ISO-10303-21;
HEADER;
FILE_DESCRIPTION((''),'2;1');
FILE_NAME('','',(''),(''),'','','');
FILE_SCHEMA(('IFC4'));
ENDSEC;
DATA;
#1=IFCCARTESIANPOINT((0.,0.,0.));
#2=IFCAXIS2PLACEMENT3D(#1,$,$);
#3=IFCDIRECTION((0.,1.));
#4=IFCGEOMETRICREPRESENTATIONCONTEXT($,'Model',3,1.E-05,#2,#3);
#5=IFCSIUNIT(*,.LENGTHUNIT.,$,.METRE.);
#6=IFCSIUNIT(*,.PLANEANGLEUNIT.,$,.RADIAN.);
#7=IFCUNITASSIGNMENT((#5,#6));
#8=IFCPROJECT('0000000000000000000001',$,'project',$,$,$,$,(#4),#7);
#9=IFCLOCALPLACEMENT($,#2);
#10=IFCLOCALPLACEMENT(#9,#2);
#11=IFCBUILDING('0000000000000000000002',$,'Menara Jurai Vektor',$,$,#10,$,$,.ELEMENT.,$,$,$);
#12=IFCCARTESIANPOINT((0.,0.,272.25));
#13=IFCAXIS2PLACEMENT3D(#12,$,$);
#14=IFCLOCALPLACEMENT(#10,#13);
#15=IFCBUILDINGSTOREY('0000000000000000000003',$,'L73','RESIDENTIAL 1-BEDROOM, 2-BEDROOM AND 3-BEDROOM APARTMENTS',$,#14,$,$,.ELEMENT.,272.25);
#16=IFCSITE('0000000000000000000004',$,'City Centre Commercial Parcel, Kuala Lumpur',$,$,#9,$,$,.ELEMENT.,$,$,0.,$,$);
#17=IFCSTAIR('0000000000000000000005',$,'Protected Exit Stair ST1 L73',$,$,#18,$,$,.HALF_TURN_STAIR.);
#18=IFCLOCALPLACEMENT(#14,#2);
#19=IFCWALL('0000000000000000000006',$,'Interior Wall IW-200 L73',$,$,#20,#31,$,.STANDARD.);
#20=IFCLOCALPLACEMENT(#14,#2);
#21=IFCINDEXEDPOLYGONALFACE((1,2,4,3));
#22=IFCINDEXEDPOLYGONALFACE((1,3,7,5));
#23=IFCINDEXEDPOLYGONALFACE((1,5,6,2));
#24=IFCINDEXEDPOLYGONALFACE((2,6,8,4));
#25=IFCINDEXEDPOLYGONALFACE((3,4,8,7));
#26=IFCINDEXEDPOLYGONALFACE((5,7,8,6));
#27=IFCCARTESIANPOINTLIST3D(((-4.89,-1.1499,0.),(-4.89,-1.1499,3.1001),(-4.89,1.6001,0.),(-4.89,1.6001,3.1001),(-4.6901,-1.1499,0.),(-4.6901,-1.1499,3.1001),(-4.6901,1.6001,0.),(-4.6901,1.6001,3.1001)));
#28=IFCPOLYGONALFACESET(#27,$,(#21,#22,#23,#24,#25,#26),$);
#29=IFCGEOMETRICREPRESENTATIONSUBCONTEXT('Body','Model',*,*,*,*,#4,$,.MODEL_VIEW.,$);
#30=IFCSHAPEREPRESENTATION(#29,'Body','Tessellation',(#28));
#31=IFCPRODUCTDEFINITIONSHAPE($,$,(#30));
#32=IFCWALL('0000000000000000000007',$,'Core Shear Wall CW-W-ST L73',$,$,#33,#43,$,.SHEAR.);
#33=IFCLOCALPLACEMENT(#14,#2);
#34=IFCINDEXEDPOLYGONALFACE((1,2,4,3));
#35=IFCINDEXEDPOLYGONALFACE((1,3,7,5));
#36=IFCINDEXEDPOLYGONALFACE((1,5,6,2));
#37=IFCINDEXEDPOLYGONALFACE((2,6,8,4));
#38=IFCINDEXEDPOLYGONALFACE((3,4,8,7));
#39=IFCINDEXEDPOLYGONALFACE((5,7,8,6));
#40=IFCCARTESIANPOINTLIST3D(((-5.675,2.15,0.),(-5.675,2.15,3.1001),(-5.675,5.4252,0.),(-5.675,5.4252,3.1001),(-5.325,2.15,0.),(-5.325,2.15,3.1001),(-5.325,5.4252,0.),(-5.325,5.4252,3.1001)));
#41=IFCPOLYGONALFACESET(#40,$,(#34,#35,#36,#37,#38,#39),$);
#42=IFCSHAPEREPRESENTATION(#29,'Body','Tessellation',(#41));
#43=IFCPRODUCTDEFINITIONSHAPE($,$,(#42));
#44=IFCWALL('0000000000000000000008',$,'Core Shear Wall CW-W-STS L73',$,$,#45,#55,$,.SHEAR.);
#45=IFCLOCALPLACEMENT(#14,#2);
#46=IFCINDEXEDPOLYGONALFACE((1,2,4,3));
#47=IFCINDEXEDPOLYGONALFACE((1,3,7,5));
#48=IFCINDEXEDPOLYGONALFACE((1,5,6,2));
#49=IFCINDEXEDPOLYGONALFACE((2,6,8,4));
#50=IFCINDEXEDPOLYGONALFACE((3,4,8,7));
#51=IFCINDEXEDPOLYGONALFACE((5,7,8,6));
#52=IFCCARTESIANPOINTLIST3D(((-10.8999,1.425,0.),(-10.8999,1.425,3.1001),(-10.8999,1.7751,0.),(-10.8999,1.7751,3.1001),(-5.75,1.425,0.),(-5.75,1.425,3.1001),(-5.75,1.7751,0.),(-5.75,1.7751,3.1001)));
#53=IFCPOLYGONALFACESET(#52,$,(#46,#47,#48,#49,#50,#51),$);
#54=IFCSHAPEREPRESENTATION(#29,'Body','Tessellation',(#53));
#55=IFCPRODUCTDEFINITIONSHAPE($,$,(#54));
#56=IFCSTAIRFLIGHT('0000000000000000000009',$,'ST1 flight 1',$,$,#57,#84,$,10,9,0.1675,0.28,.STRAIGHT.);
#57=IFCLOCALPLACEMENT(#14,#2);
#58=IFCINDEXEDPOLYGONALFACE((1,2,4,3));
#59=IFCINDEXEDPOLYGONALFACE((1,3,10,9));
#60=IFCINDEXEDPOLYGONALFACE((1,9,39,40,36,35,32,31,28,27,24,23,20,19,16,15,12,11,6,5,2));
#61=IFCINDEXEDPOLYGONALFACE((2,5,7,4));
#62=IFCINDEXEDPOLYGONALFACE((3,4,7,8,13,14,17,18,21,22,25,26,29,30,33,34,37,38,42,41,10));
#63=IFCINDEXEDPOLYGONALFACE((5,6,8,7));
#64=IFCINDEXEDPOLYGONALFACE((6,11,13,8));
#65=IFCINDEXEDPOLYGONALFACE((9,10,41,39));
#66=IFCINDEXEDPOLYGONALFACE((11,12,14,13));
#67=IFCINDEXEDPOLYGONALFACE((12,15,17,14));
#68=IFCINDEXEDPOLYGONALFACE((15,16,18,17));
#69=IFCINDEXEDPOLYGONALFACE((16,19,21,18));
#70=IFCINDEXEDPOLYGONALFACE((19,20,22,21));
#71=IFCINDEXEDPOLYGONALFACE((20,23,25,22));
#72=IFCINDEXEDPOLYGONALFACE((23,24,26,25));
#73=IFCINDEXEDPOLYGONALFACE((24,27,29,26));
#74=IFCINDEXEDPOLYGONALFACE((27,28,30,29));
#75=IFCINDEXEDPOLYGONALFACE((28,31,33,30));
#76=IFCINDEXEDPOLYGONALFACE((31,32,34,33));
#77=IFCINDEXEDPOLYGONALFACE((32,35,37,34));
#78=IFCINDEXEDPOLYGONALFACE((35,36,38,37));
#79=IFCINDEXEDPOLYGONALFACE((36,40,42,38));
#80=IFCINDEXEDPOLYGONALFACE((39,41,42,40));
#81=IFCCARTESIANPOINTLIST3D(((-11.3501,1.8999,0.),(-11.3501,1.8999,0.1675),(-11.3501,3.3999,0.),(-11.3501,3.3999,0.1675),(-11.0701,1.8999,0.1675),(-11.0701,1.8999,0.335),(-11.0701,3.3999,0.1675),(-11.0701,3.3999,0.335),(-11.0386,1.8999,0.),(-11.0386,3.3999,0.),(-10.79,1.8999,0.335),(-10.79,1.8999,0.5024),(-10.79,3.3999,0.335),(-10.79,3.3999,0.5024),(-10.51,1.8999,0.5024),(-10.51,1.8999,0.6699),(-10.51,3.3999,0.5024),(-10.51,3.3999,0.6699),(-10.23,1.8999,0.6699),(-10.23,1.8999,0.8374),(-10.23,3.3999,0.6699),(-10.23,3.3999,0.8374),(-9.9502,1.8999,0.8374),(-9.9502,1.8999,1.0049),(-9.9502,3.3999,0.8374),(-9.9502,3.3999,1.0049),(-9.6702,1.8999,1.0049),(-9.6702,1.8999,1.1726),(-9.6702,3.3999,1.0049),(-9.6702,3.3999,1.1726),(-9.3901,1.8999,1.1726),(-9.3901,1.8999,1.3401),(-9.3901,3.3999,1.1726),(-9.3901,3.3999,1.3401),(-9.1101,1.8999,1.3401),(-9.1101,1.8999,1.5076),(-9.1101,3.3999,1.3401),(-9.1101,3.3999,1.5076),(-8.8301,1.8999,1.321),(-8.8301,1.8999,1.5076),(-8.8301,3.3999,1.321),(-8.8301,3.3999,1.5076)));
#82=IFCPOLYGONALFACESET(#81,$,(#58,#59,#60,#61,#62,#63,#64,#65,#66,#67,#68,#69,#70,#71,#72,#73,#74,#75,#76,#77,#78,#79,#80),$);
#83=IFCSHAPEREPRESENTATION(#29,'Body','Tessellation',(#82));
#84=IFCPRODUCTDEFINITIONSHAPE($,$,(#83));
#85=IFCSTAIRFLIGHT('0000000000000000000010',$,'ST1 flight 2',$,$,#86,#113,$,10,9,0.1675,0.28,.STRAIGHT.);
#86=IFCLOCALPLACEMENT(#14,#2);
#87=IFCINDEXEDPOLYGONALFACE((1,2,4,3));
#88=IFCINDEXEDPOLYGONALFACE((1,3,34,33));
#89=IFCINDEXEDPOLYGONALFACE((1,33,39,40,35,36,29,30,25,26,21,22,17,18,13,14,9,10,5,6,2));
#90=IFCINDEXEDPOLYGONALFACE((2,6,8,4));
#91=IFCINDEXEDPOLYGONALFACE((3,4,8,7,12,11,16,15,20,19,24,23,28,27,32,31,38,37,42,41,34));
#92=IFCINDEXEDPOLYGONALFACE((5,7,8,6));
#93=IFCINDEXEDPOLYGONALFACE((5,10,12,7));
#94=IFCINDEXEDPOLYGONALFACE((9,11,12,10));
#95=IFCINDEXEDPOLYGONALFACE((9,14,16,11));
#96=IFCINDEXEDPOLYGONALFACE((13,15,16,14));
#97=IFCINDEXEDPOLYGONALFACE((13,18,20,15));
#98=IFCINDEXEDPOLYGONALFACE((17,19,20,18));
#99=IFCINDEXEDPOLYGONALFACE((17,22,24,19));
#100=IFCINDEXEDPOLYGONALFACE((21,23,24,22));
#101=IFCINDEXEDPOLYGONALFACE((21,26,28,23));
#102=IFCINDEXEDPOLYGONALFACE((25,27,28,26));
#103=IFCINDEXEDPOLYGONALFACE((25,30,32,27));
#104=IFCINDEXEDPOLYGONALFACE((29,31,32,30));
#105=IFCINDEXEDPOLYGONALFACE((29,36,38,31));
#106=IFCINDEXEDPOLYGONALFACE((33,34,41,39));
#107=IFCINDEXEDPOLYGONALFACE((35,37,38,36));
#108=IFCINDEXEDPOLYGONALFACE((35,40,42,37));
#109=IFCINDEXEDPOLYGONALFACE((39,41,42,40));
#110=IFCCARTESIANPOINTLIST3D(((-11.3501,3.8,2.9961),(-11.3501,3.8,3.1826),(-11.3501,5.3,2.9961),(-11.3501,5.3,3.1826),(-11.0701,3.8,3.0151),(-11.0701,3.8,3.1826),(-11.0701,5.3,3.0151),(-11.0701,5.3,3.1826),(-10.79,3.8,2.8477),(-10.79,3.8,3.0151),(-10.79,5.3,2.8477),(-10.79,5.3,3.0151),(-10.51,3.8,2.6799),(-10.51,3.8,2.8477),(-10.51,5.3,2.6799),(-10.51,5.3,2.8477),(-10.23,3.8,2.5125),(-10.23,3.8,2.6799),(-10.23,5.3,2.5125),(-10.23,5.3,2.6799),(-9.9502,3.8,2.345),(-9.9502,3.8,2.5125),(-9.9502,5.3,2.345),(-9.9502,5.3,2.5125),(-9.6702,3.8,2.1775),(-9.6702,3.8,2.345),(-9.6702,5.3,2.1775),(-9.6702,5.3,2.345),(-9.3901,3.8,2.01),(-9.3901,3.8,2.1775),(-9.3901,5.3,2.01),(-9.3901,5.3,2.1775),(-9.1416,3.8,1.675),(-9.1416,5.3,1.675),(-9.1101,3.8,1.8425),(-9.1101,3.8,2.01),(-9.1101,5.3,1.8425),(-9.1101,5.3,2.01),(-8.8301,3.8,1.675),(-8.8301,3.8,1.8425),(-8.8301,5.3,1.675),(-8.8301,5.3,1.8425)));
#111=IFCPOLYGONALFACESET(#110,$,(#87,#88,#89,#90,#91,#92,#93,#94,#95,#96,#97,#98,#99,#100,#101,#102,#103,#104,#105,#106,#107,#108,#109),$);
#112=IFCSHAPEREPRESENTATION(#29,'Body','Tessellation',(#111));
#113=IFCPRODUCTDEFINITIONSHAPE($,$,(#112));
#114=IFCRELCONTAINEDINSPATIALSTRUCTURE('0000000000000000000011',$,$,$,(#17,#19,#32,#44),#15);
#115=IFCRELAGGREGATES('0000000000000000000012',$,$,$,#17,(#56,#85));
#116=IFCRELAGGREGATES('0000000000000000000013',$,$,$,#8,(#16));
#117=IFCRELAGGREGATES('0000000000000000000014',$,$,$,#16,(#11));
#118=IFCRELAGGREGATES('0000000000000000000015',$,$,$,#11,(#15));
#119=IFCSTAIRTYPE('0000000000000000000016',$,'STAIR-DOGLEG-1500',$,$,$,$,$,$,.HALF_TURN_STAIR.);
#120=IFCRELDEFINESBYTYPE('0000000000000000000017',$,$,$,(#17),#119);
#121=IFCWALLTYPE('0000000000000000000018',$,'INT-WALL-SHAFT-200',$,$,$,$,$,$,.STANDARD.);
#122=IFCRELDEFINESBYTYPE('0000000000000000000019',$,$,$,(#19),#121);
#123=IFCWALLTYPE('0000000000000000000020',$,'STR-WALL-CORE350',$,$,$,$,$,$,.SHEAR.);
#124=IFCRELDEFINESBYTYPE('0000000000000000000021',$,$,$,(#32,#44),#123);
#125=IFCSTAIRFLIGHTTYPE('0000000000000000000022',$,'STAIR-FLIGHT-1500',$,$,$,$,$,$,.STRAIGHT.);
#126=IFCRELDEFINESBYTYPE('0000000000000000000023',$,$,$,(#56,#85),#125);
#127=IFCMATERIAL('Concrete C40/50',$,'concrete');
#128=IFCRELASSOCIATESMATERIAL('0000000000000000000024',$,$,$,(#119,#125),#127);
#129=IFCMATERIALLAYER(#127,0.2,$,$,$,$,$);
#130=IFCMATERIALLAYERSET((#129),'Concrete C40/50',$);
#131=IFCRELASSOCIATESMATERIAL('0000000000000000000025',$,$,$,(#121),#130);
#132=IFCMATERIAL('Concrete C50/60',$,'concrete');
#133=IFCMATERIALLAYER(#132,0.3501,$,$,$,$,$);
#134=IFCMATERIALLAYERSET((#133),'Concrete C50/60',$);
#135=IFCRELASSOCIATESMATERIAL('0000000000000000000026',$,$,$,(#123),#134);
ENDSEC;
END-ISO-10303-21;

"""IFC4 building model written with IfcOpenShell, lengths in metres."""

from ifc_helpers import new_model, si_unit, direction, frame, frame_2d, origin, place, context, subcontext, project, spatial, polyline, rectangle, outline, extrude, material, layer, layer_set, type_object, element, aggregate, save


model = new_model("IFC4")

# Units and contexts
model_context = context("Model", 3, precision=1e-05, world=origin(), true_north=direction((0.0, 1.0)))
body_context = subcontext(model_context, "Body", "Model", "MODEL_VIEW")
ifc_project = project(units=[si_unit("LENGTHUNIT", "METRE"), si_unit("PLANEANGLEUNIT", "RADIAN")], contexts=[model_context])

# Site, building, storey
site_placement = place(None, origin())
site = spatial("IfcSite", under=ifc_project, at=site_placement, Name="City Centre Commercial Parcel, Kuala Lumpur", CompositionType="ELEMENT", RefElevation=0.0)
building_placement = place(site_placement, origin())
building = spatial("IfcBuilding", under=site, at=building_placement, Name="Menara Jurai Vektor", CompositionType="ELEMENT")
storey_placement = place(building_placement, frame((0.0, 0.0, 272.25)))
storey = spatial("IfcBuildingStorey", under=building, at=storey_placement, Name="L73", Description="RESIDENTIAL 1-BEDROOM, 2-BEDROOM AND 3-BEDROOM APARTMENTS", CompositionType="ELEMENT", Elevation=272.25)

# Shared definitions
ifc_material_1 = material(Name="Concrete C50/60", Category="concrete")

# Stair
ifc_material_2 = material(Name="Concrete C40/50", Category="concrete")
stair_type = type_object("IfcStairType", Name="STAIR-DOGLEG-1500", PredefinedType="HALF_TURN_STAIR", material=ifc_material_2)
stair_1_placement = place(storey_placement, origin())
stair_1 = element("IfcStair", 1, at=stair_1_placement, inside=storey, type_object=stair_type, Name="Protected Exit Stair ST1 L73", PredefinedType="HALF_TURN_STAIR")

# Shared definitions
ifc_layer_1 = layer(ifc_material_2, 0.2)
ifc_layer_set_1 = layer_set([ifc_layer_1], Name="Concrete C40/50")
wall_type_1 = type_object("IfcWallType", Name="INT-WALL-SHAFT-200", PredefinedType="STANDARD", material=ifc_layer_set_1)

# Wall
wall_1_placement = place(storey_placement, frame((-4.79, -1.1499, 0.0), z_axis=(0.0, 0.0, 1.0), x_axis=(0.0, 1.0, 0.0)))
element("IfcWall", 2, at=wall_1_placement, inside=storey, type_object=wall_type_1, Name="Interior Wall IW-200 L73", PredefinedType="STANDARD", context=body_context, shape_type="SweptSolid", body=[
    extrude(rectangle(XDim=2.75, YDim=0.2, at=frame_2d((1.375, 0.0))), origin(), (0.0, 0.0, 1.0), 3.1001),
])

# Walls
ifc_layer_2 = layer(ifc_material_1, 0.3501)
ifc_layer_set_2 = layer_set([ifc_layer_2], Name="Concrete C50/60")
wall_type_2 = type_object("IfcWallType", Name="STR-WALL-CORE350", PredefinedType="SHEAR", material=ifc_layer_set_2)
wall_2_placement = place(storey_placement, frame((-5.5, 2.1499, 0.0), z_axis=(0.0, 0.0, 1.0), x_axis=(0.0, 1.0, 0.0)))
element("IfcWall", 3, at=wall_2_placement, inside=storey, type_object=wall_type_2, Name="Core Shear Wall CW-W-ST L73", PredefinedType="SHEAR", context=body_context, shape_type="SweptSolid", body=[
    extrude(rectangle(XDim=3.2751, YDim=0.3501, at=frame_2d((1.6377, 0.0))), origin(), (0.0, 0.0, 1.0), 3.1001),
])
wall_3_placement = place(storey_placement, frame((-10.8999, 1.6001, 0.0), z_axis=(0.0, 0.0, 1.0), x_axis=(1.0, 0.0, 0.0)))
element("IfcWall", 4, at=wall_3_placement, inside=storey, type_object=wall_type_2, Name="Core Shear Wall CW-W-STS L73", PredefinedType="SHEAR", context=body_context, shape_type="SweptSolid", body=[
    extrude(rectangle(XDim=5.1499, YDim=0.3501, at=frame_2d((2.575, 0.0))), origin(), (0.0, 0.0, 1.0), 3.1001),
])

# Stair flights
stair_flight_type = type_object("IfcStairFlightType", Name="STAIR-FLIGHT-1500", PredefinedType="STRAIGHT", material=ifc_material_2)
stair_flight_1_placement = place(storey_placement, frame((-11.3501, 2.6499, 0.0), z_axis=(0.0, 0.0, 1.0), x_axis=(1.0, 0.0, 0.0)))
stair_flight_1 = element("IfcStairFlight", 5, at=stair_flight_1_placement, type_object=stair_flight_type, Name="ST1 flight 1", NumberOfRisers=10, NumberOfTreads=9, PredefinedType="STRAIGHT", RiserHeight=0.1675, TreadLength=0.28, context=body_context, shape_type="SweptSolid", body=[
    extrude(outline(polyline([(0.0, 0.0), (0.0, 0.1675), (0.28, 0.1675), (0.28, 0.335), (0.5601, 0.335), (0.5601, 0.5024), (0.8401, 0.5024), (0.8401, 0.6699), (1.1201, 0.6699), (1.1201, 0.8374), (1.3999, 0.8374), (1.3999, 1.0049), (1.6799, 1.0049), (1.6799, 1.1726), (1.96, 1.1726), (1.96, 1.3401), (2.24, 1.3401), (2.24, 1.5076), (2.52, 1.5076), (2.52, 1.675), (2.52, 1.321), (0.3115, 0.0), (0.0, 0.0)])), frame((0.0, 0.75, 0.0), z_axis=(0.0, -1.0, 0.0), x_axis=(1.0, 0.0, 0.0)), (0.0, 0.0, 1.0), 1.5),
])
stair_flight_2_placement = place(storey_placement, frame((-8.8301, 4.55, 1.675), z_axis=(0.0, 0.0, 1.0), x_axis=(-1.0, 0.0, 0.0)))
stair_flight_2 = element("IfcStairFlight", 6, at=stair_flight_2_placement, type_object=stair_flight_type, Name="ST1 flight 2", NumberOfRisers=10, NumberOfTreads=9, PredefinedType="STRAIGHT", RiserHeight=0.1675, TreadLength=0.28, context=body_context, shape_type="SweptSolid", body=[
    extrude(outline(polyline([(0.0, 0.0), (0.0, 0.1675), (0.28, 0.1675), (0.28, 0.335), (0.5601, 0.335), (0.5601, 0.5024), (0.8401, 0.5024), (0.8401, 0.6699), (1.1201, 0.6699), (1.1201, 0.8374), (1.3999, 0.8374), (1.3999, 1.0049), (1.6799, 1.0049), (1.6799, 1.1726), (1.96, 1.1726), (1.96, 1.3401), (2.24, 1.3401), (2.24, 1.5076), (2.52, 1.5076), (2.52, 1.675), (2.52, 1.321), (0.3115, 0.0), (0.0, 0.0)])), frame((0.0, 0.75, 0.0), z_axis=(0.0, -1.0, 0.0), x_axis=(1.0, 0.0, 0.0)), (0.0, 0.0, 1.0), 1.5),
])
aggregate(stair_1, [stair_flight_1, stair_flight_2])

save(model, "model.ifc")
